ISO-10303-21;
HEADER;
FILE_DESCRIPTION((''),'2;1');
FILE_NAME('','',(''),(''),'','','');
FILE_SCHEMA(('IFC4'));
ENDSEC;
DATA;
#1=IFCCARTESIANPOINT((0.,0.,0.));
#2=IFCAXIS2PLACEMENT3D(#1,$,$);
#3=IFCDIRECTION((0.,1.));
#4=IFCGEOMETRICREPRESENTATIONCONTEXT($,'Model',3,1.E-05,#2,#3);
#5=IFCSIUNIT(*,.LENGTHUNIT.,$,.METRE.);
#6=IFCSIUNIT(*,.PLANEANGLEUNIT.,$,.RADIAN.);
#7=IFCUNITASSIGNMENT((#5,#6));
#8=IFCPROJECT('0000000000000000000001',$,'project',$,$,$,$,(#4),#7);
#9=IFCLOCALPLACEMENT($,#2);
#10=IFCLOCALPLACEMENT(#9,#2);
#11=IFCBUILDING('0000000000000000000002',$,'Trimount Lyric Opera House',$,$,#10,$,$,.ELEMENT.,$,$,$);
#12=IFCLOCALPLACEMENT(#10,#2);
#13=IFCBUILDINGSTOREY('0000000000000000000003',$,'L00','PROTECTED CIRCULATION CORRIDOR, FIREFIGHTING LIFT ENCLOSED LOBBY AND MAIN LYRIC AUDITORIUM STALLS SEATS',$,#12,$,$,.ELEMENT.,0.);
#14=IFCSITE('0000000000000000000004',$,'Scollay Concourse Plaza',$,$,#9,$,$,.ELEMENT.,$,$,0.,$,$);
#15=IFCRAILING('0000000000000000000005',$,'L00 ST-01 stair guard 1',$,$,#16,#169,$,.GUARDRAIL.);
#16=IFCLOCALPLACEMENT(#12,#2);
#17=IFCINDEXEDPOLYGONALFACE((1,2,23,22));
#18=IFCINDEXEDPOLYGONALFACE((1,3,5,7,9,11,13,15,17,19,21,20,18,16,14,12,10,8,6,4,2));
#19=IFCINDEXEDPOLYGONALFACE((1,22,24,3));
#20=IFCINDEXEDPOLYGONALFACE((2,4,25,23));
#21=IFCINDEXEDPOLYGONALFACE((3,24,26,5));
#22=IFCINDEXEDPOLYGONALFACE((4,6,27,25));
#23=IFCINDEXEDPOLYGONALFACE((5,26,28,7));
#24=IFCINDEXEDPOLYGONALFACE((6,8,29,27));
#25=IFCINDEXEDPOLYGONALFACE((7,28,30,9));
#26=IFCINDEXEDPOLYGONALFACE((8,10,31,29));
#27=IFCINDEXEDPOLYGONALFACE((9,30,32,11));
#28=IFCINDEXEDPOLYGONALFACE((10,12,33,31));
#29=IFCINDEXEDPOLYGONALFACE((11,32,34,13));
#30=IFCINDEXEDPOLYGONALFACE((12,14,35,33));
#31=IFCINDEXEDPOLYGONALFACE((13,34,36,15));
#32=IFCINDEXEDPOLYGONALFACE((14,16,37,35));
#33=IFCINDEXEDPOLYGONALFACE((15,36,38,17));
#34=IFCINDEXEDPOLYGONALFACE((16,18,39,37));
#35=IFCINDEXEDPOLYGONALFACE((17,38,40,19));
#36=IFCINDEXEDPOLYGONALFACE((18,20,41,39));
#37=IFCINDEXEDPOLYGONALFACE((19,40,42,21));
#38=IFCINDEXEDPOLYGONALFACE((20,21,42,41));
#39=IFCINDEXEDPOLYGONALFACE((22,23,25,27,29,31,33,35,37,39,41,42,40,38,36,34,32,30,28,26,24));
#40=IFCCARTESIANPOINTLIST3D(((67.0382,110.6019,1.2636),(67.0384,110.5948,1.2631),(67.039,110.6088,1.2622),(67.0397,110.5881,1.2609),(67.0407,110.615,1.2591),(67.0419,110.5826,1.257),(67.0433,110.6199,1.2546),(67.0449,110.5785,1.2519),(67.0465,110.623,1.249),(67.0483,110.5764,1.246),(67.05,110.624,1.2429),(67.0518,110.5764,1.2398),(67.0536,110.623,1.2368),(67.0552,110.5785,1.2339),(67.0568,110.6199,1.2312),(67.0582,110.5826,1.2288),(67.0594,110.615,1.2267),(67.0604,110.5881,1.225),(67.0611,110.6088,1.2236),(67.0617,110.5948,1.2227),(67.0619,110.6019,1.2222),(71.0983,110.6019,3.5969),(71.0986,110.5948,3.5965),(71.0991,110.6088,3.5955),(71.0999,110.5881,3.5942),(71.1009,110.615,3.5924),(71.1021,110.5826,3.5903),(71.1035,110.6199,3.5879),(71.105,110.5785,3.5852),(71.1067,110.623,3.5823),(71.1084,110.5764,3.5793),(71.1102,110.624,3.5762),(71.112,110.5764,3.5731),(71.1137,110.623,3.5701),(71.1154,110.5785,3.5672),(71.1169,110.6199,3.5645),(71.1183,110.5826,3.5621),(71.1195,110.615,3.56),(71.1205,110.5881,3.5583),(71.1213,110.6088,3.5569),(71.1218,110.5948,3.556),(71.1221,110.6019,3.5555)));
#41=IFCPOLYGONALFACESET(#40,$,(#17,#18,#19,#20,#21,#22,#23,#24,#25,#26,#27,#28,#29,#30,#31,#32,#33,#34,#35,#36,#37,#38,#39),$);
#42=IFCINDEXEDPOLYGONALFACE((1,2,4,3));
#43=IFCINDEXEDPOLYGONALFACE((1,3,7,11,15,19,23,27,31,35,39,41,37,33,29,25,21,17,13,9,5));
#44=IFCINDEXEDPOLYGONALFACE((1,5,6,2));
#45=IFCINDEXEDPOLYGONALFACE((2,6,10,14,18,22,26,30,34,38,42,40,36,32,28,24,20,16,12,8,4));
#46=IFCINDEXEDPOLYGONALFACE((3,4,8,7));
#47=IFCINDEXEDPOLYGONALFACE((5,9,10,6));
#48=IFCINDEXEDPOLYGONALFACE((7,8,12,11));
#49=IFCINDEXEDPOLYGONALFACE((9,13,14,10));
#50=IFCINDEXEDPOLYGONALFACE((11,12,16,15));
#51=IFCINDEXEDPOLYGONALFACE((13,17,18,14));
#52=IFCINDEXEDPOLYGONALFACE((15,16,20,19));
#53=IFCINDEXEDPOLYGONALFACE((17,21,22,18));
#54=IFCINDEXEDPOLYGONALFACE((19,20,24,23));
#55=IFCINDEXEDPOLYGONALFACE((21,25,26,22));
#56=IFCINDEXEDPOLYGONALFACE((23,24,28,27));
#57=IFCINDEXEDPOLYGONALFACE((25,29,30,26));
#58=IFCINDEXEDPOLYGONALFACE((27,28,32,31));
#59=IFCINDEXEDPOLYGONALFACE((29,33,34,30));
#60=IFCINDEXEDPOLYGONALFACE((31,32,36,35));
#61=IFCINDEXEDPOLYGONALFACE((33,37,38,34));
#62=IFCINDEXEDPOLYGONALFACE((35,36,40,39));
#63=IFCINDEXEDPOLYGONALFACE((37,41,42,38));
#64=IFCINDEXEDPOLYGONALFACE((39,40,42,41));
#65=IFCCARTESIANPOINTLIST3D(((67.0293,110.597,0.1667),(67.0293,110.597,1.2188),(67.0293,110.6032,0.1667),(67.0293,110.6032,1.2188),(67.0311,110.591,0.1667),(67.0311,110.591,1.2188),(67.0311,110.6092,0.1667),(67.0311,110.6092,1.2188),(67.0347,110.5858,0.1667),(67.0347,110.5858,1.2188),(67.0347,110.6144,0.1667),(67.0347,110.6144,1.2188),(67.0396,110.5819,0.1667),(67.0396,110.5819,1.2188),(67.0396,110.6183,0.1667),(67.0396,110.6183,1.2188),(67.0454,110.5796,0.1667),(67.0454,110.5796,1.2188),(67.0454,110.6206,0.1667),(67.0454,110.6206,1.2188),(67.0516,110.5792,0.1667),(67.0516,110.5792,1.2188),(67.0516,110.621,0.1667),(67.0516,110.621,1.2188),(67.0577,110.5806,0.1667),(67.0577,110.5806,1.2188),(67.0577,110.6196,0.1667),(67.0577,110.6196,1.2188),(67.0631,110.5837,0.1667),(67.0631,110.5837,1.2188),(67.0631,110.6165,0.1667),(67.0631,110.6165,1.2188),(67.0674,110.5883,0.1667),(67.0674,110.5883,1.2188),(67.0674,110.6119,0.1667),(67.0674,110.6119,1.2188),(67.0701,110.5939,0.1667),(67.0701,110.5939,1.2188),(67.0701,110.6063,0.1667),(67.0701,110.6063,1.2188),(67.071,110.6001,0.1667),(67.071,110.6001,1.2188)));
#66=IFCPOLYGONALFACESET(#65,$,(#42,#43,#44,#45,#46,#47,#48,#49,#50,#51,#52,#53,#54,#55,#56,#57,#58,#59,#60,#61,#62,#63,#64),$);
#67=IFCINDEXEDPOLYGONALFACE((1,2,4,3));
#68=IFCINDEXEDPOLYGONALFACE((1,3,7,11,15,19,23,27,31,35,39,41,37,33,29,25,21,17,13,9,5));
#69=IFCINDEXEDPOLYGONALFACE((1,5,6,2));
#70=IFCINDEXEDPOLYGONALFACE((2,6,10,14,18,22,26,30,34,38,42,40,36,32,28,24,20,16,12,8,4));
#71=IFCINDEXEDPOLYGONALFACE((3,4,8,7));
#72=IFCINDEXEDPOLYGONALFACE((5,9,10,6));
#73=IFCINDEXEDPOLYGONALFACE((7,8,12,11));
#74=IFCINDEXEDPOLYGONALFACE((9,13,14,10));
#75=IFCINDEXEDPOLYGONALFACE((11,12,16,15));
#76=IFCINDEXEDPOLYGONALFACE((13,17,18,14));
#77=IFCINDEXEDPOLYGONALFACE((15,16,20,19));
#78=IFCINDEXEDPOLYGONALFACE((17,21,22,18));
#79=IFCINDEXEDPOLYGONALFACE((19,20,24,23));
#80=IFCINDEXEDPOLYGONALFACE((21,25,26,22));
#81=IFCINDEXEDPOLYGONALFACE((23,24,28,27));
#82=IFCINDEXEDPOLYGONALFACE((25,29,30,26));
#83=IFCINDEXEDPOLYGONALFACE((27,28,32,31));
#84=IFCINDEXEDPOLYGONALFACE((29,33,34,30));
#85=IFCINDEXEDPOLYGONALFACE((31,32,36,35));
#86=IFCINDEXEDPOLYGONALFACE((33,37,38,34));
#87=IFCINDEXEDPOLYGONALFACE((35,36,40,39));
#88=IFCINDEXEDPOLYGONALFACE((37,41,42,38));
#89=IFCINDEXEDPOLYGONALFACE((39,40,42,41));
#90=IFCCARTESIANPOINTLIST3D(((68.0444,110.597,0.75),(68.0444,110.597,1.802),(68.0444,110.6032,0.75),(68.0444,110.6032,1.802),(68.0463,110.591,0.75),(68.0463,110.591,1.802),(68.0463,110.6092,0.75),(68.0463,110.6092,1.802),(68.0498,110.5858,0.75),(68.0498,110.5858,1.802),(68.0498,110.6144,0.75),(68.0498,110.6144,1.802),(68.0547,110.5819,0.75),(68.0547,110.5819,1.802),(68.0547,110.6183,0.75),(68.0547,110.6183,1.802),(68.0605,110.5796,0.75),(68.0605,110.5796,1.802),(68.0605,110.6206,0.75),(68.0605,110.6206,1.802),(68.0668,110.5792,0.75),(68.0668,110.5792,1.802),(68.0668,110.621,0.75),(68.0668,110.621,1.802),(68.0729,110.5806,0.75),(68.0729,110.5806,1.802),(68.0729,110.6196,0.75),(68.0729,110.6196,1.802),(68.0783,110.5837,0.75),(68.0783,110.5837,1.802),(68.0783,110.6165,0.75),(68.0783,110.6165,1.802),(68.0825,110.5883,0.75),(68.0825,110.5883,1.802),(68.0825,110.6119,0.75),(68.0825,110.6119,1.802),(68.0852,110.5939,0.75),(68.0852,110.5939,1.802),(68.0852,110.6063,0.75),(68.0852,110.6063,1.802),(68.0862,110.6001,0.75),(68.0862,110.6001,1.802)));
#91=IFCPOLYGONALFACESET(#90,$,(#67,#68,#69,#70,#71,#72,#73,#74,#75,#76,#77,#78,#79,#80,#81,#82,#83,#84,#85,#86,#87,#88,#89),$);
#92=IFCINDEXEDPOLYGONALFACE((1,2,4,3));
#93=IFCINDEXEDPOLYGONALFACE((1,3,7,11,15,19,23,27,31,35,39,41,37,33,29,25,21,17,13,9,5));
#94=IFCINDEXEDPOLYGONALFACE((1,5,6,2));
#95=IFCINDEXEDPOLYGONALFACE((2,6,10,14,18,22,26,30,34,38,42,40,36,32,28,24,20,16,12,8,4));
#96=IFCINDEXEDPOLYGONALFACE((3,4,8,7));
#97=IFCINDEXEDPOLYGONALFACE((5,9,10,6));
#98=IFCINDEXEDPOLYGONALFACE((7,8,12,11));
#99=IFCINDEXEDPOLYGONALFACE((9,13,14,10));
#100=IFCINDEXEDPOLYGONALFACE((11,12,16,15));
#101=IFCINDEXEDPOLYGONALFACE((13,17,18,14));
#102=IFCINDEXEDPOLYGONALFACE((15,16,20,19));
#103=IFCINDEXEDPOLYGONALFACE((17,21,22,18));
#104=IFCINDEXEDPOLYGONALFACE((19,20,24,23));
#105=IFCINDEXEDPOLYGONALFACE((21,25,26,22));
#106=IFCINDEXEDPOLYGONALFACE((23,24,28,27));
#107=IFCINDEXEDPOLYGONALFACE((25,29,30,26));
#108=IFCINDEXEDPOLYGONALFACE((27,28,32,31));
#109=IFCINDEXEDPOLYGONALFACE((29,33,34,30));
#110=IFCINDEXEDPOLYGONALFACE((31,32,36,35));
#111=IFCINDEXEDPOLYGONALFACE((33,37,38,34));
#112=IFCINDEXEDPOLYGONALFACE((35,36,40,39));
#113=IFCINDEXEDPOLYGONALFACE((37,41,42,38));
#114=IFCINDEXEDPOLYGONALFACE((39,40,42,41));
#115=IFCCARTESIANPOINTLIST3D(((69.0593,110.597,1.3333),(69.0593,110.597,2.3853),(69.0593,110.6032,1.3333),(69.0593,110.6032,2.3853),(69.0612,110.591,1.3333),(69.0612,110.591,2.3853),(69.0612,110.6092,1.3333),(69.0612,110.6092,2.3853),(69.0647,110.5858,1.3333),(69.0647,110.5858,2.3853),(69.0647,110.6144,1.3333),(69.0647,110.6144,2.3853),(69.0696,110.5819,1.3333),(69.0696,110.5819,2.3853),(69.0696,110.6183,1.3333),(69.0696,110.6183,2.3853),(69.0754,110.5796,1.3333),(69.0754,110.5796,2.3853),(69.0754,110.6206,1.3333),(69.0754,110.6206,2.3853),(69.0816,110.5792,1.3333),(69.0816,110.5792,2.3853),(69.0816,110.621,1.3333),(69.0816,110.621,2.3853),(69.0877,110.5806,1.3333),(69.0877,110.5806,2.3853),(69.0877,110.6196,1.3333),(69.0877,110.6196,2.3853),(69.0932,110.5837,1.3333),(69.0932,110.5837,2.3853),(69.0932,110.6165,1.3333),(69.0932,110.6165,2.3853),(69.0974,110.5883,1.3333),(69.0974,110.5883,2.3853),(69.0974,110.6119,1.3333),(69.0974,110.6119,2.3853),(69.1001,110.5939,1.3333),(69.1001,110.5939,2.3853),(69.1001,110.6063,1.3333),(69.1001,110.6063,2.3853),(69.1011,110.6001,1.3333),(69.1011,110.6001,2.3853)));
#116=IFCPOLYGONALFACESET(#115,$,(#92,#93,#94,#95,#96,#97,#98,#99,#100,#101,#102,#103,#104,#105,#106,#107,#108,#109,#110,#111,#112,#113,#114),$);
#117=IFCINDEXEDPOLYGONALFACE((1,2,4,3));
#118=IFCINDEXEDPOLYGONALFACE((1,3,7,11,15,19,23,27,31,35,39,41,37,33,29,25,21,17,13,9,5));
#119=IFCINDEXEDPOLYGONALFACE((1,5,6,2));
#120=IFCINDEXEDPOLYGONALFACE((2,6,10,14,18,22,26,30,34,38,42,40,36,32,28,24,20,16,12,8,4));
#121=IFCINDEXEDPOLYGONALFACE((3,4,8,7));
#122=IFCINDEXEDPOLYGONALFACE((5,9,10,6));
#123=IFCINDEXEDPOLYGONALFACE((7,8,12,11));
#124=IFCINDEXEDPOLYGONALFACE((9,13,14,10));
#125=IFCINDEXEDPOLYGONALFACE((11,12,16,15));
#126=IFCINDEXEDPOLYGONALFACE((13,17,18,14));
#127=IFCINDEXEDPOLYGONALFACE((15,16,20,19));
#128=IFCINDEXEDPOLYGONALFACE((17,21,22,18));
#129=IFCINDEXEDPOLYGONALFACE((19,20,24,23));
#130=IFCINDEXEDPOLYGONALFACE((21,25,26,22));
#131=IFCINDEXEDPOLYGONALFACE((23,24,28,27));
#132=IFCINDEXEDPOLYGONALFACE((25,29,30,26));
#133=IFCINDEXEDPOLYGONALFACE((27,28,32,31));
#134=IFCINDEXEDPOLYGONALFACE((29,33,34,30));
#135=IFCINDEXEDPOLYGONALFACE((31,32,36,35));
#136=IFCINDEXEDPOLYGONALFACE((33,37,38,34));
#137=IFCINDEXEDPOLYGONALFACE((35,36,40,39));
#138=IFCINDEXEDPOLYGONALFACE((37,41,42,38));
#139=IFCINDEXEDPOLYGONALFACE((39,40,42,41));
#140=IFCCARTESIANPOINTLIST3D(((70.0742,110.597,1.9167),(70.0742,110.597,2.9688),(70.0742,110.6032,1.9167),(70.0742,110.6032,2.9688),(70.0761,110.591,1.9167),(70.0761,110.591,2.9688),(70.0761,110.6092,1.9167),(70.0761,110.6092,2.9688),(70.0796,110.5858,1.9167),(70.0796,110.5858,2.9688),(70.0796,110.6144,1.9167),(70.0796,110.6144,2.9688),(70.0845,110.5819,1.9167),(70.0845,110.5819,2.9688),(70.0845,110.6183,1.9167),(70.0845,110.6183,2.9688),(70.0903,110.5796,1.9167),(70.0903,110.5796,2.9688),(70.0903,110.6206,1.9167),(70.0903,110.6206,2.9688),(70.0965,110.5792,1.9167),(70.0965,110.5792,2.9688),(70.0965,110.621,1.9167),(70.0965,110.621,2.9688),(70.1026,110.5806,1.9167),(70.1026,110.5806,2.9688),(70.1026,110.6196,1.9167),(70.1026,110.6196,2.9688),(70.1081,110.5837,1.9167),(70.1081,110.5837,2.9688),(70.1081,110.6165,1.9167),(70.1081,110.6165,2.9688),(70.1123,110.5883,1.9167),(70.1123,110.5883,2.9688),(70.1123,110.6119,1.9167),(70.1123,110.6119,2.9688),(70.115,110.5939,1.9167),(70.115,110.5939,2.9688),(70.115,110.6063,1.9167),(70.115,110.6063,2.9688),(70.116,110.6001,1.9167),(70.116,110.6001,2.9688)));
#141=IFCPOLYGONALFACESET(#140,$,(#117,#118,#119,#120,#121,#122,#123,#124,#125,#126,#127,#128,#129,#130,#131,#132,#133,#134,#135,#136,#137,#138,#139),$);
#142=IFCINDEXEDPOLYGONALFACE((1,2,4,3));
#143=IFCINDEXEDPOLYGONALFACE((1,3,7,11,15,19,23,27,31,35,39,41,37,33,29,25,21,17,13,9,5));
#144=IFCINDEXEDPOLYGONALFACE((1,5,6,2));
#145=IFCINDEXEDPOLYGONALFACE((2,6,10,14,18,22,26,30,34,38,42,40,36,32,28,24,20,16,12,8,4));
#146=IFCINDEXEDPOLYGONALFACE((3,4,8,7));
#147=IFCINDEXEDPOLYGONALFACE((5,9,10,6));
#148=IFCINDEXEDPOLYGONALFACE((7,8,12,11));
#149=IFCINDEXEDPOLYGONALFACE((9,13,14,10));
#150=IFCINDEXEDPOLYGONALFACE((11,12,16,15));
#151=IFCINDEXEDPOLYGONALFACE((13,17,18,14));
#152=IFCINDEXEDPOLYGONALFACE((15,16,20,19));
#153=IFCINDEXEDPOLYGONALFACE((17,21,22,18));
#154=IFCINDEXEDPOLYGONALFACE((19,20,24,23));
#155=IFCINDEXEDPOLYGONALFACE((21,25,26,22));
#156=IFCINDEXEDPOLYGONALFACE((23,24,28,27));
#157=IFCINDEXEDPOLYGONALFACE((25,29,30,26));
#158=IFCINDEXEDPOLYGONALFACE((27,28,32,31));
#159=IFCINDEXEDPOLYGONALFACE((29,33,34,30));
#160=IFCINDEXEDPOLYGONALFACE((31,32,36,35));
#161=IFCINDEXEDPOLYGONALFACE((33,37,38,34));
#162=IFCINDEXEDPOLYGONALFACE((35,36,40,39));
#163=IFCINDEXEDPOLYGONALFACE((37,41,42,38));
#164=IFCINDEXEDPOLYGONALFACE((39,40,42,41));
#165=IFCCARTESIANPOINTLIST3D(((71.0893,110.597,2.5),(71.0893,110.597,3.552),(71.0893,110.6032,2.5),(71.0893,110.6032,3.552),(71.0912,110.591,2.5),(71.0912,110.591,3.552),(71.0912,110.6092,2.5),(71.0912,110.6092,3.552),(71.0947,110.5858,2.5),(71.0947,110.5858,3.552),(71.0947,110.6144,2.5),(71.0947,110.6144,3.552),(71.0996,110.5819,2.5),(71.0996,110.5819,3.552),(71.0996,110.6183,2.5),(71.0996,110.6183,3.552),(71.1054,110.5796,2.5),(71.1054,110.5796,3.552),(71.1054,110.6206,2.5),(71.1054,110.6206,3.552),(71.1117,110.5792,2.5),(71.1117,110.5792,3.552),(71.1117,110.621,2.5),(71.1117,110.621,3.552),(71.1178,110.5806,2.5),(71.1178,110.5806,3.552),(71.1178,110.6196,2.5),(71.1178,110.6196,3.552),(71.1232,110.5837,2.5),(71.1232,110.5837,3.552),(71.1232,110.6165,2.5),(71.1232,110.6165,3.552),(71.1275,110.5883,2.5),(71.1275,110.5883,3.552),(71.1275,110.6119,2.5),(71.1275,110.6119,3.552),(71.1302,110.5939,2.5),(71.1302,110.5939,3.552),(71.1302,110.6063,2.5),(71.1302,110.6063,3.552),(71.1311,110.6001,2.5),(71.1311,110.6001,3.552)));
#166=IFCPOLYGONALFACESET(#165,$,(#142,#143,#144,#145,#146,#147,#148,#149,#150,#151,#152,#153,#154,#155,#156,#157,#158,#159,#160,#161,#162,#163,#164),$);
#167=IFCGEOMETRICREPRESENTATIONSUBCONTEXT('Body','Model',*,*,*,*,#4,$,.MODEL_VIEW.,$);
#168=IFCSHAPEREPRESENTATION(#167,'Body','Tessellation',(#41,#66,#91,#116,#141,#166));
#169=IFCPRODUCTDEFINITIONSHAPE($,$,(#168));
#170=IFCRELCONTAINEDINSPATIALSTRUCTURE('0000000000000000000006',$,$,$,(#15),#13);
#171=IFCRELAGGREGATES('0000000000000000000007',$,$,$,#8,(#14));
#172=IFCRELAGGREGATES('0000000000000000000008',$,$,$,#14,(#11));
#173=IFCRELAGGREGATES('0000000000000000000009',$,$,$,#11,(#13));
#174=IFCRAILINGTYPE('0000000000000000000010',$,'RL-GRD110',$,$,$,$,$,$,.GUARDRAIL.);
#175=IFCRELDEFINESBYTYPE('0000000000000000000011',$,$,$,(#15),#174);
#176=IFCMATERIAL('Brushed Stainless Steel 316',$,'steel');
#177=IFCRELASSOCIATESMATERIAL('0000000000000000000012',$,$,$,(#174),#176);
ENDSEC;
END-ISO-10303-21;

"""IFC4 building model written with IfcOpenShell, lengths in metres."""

from ifc_helpers import new_model, si_unit, direction, frame, origin, origin_2d, place, context, subcontext, project, spatial, circle, extrude, material, type_object, element, save


model = new_model("IFC4")

# Units and contexts
model_context = context("Model", 3, precision=1e-05, world=origin(), true_north=direction((0.0, 1.0)))
body_context = subcontext(model_context, "Body", "Model", "MODEL_VIEW")
ifc_project = project(units=[si_unit("LENGTHUNIT", "METRE"), si_unit("PLANEANGLEUNIT", "RADIAN")], contexts=[model_context])

# Site, building, storey
site_placement = place(None, origin())
site = spatial("IfcSite", under=ifc_project, at=site_placement, Name="Scollay Concourse Plaza", CompositionType="ELEMENT", RefElevation=0.0)
building_placement = place(site_placement, origin())
building = spatial("IfcBuilding", under=site, at=building_placement, Name="Trimount Lyric Opera House", CompositionType="ELEMENT")
storey_placement = place(building_placement, origin())
storey = spatial("IfcBuildingStorey", under=building, at=storey_placement, Name="L00", Description="PROTECTED CIRCULATION CORRIDOR, FIREFIGHTING LIFT ENCLOSED LOBBY AND MAIN LYRIC AUDITORIUM STALLS SEATS", CompositionType="ELEMENT", Elevation=0.0)

# Railing
ifc_material_1 = material(Name="Brushed Stainless Steel 316", Category="steel")
railing_type_1 = type_object("IfcRailingType", Name="RL-GRD110", PredefinedType="GUARDRAIL", material=ifc_material_1)
railing_1_placement = place(storey_placement, frame((67.05, 110.6001, 0.1667)))
element("IfcRailing", 1, at=railing_1_placement, inside=storey, type_object=railing_type_1, Name="L00 ST-01 stair guard 1", PredefinedType="GUARDRAIL", context=body_context, shape_type="SweptSolid", body=[
    extrude(circle(Radius=0.0239, at=origin_2d()), frame((0.0, 0.0, 1.0762), z_axis=(0.867025, 0.0, 0.498265), x_axis=(0.0, 1.0, 0.0)), (0.0, 0.0, 1.0), 4.6829),
    extrude(circle(Radius=0.021, at=origin_2d()), origin(), (0.0, 0.0, 1.0), 1.052),
    extrude(circle(Radius=0.021, at=origin_2d()), frame((1.0151, 0.0, 0.5833)), (0.0, 0.0, 1.0), 1.052),
    extrude(circle(Radius=0.021, at=origin_2d()), frame((2.03, 0.0, 1.1665)), (0.0, 0.0, 1.0), 1.052),
    extrude(circle(Radius=0.021, at=origin_2d()), frame((3.0449, 0.0, 1.75)), (0.0, 0.0, 1.0), 1.052),
    extrude(circle(Radius=0.021, at=origin_2d()), frame((4.0601, 0.0, 2.3333)), (0.0, 0.0, 1.0), 1.052),
])

save(model, "model.ifc")
